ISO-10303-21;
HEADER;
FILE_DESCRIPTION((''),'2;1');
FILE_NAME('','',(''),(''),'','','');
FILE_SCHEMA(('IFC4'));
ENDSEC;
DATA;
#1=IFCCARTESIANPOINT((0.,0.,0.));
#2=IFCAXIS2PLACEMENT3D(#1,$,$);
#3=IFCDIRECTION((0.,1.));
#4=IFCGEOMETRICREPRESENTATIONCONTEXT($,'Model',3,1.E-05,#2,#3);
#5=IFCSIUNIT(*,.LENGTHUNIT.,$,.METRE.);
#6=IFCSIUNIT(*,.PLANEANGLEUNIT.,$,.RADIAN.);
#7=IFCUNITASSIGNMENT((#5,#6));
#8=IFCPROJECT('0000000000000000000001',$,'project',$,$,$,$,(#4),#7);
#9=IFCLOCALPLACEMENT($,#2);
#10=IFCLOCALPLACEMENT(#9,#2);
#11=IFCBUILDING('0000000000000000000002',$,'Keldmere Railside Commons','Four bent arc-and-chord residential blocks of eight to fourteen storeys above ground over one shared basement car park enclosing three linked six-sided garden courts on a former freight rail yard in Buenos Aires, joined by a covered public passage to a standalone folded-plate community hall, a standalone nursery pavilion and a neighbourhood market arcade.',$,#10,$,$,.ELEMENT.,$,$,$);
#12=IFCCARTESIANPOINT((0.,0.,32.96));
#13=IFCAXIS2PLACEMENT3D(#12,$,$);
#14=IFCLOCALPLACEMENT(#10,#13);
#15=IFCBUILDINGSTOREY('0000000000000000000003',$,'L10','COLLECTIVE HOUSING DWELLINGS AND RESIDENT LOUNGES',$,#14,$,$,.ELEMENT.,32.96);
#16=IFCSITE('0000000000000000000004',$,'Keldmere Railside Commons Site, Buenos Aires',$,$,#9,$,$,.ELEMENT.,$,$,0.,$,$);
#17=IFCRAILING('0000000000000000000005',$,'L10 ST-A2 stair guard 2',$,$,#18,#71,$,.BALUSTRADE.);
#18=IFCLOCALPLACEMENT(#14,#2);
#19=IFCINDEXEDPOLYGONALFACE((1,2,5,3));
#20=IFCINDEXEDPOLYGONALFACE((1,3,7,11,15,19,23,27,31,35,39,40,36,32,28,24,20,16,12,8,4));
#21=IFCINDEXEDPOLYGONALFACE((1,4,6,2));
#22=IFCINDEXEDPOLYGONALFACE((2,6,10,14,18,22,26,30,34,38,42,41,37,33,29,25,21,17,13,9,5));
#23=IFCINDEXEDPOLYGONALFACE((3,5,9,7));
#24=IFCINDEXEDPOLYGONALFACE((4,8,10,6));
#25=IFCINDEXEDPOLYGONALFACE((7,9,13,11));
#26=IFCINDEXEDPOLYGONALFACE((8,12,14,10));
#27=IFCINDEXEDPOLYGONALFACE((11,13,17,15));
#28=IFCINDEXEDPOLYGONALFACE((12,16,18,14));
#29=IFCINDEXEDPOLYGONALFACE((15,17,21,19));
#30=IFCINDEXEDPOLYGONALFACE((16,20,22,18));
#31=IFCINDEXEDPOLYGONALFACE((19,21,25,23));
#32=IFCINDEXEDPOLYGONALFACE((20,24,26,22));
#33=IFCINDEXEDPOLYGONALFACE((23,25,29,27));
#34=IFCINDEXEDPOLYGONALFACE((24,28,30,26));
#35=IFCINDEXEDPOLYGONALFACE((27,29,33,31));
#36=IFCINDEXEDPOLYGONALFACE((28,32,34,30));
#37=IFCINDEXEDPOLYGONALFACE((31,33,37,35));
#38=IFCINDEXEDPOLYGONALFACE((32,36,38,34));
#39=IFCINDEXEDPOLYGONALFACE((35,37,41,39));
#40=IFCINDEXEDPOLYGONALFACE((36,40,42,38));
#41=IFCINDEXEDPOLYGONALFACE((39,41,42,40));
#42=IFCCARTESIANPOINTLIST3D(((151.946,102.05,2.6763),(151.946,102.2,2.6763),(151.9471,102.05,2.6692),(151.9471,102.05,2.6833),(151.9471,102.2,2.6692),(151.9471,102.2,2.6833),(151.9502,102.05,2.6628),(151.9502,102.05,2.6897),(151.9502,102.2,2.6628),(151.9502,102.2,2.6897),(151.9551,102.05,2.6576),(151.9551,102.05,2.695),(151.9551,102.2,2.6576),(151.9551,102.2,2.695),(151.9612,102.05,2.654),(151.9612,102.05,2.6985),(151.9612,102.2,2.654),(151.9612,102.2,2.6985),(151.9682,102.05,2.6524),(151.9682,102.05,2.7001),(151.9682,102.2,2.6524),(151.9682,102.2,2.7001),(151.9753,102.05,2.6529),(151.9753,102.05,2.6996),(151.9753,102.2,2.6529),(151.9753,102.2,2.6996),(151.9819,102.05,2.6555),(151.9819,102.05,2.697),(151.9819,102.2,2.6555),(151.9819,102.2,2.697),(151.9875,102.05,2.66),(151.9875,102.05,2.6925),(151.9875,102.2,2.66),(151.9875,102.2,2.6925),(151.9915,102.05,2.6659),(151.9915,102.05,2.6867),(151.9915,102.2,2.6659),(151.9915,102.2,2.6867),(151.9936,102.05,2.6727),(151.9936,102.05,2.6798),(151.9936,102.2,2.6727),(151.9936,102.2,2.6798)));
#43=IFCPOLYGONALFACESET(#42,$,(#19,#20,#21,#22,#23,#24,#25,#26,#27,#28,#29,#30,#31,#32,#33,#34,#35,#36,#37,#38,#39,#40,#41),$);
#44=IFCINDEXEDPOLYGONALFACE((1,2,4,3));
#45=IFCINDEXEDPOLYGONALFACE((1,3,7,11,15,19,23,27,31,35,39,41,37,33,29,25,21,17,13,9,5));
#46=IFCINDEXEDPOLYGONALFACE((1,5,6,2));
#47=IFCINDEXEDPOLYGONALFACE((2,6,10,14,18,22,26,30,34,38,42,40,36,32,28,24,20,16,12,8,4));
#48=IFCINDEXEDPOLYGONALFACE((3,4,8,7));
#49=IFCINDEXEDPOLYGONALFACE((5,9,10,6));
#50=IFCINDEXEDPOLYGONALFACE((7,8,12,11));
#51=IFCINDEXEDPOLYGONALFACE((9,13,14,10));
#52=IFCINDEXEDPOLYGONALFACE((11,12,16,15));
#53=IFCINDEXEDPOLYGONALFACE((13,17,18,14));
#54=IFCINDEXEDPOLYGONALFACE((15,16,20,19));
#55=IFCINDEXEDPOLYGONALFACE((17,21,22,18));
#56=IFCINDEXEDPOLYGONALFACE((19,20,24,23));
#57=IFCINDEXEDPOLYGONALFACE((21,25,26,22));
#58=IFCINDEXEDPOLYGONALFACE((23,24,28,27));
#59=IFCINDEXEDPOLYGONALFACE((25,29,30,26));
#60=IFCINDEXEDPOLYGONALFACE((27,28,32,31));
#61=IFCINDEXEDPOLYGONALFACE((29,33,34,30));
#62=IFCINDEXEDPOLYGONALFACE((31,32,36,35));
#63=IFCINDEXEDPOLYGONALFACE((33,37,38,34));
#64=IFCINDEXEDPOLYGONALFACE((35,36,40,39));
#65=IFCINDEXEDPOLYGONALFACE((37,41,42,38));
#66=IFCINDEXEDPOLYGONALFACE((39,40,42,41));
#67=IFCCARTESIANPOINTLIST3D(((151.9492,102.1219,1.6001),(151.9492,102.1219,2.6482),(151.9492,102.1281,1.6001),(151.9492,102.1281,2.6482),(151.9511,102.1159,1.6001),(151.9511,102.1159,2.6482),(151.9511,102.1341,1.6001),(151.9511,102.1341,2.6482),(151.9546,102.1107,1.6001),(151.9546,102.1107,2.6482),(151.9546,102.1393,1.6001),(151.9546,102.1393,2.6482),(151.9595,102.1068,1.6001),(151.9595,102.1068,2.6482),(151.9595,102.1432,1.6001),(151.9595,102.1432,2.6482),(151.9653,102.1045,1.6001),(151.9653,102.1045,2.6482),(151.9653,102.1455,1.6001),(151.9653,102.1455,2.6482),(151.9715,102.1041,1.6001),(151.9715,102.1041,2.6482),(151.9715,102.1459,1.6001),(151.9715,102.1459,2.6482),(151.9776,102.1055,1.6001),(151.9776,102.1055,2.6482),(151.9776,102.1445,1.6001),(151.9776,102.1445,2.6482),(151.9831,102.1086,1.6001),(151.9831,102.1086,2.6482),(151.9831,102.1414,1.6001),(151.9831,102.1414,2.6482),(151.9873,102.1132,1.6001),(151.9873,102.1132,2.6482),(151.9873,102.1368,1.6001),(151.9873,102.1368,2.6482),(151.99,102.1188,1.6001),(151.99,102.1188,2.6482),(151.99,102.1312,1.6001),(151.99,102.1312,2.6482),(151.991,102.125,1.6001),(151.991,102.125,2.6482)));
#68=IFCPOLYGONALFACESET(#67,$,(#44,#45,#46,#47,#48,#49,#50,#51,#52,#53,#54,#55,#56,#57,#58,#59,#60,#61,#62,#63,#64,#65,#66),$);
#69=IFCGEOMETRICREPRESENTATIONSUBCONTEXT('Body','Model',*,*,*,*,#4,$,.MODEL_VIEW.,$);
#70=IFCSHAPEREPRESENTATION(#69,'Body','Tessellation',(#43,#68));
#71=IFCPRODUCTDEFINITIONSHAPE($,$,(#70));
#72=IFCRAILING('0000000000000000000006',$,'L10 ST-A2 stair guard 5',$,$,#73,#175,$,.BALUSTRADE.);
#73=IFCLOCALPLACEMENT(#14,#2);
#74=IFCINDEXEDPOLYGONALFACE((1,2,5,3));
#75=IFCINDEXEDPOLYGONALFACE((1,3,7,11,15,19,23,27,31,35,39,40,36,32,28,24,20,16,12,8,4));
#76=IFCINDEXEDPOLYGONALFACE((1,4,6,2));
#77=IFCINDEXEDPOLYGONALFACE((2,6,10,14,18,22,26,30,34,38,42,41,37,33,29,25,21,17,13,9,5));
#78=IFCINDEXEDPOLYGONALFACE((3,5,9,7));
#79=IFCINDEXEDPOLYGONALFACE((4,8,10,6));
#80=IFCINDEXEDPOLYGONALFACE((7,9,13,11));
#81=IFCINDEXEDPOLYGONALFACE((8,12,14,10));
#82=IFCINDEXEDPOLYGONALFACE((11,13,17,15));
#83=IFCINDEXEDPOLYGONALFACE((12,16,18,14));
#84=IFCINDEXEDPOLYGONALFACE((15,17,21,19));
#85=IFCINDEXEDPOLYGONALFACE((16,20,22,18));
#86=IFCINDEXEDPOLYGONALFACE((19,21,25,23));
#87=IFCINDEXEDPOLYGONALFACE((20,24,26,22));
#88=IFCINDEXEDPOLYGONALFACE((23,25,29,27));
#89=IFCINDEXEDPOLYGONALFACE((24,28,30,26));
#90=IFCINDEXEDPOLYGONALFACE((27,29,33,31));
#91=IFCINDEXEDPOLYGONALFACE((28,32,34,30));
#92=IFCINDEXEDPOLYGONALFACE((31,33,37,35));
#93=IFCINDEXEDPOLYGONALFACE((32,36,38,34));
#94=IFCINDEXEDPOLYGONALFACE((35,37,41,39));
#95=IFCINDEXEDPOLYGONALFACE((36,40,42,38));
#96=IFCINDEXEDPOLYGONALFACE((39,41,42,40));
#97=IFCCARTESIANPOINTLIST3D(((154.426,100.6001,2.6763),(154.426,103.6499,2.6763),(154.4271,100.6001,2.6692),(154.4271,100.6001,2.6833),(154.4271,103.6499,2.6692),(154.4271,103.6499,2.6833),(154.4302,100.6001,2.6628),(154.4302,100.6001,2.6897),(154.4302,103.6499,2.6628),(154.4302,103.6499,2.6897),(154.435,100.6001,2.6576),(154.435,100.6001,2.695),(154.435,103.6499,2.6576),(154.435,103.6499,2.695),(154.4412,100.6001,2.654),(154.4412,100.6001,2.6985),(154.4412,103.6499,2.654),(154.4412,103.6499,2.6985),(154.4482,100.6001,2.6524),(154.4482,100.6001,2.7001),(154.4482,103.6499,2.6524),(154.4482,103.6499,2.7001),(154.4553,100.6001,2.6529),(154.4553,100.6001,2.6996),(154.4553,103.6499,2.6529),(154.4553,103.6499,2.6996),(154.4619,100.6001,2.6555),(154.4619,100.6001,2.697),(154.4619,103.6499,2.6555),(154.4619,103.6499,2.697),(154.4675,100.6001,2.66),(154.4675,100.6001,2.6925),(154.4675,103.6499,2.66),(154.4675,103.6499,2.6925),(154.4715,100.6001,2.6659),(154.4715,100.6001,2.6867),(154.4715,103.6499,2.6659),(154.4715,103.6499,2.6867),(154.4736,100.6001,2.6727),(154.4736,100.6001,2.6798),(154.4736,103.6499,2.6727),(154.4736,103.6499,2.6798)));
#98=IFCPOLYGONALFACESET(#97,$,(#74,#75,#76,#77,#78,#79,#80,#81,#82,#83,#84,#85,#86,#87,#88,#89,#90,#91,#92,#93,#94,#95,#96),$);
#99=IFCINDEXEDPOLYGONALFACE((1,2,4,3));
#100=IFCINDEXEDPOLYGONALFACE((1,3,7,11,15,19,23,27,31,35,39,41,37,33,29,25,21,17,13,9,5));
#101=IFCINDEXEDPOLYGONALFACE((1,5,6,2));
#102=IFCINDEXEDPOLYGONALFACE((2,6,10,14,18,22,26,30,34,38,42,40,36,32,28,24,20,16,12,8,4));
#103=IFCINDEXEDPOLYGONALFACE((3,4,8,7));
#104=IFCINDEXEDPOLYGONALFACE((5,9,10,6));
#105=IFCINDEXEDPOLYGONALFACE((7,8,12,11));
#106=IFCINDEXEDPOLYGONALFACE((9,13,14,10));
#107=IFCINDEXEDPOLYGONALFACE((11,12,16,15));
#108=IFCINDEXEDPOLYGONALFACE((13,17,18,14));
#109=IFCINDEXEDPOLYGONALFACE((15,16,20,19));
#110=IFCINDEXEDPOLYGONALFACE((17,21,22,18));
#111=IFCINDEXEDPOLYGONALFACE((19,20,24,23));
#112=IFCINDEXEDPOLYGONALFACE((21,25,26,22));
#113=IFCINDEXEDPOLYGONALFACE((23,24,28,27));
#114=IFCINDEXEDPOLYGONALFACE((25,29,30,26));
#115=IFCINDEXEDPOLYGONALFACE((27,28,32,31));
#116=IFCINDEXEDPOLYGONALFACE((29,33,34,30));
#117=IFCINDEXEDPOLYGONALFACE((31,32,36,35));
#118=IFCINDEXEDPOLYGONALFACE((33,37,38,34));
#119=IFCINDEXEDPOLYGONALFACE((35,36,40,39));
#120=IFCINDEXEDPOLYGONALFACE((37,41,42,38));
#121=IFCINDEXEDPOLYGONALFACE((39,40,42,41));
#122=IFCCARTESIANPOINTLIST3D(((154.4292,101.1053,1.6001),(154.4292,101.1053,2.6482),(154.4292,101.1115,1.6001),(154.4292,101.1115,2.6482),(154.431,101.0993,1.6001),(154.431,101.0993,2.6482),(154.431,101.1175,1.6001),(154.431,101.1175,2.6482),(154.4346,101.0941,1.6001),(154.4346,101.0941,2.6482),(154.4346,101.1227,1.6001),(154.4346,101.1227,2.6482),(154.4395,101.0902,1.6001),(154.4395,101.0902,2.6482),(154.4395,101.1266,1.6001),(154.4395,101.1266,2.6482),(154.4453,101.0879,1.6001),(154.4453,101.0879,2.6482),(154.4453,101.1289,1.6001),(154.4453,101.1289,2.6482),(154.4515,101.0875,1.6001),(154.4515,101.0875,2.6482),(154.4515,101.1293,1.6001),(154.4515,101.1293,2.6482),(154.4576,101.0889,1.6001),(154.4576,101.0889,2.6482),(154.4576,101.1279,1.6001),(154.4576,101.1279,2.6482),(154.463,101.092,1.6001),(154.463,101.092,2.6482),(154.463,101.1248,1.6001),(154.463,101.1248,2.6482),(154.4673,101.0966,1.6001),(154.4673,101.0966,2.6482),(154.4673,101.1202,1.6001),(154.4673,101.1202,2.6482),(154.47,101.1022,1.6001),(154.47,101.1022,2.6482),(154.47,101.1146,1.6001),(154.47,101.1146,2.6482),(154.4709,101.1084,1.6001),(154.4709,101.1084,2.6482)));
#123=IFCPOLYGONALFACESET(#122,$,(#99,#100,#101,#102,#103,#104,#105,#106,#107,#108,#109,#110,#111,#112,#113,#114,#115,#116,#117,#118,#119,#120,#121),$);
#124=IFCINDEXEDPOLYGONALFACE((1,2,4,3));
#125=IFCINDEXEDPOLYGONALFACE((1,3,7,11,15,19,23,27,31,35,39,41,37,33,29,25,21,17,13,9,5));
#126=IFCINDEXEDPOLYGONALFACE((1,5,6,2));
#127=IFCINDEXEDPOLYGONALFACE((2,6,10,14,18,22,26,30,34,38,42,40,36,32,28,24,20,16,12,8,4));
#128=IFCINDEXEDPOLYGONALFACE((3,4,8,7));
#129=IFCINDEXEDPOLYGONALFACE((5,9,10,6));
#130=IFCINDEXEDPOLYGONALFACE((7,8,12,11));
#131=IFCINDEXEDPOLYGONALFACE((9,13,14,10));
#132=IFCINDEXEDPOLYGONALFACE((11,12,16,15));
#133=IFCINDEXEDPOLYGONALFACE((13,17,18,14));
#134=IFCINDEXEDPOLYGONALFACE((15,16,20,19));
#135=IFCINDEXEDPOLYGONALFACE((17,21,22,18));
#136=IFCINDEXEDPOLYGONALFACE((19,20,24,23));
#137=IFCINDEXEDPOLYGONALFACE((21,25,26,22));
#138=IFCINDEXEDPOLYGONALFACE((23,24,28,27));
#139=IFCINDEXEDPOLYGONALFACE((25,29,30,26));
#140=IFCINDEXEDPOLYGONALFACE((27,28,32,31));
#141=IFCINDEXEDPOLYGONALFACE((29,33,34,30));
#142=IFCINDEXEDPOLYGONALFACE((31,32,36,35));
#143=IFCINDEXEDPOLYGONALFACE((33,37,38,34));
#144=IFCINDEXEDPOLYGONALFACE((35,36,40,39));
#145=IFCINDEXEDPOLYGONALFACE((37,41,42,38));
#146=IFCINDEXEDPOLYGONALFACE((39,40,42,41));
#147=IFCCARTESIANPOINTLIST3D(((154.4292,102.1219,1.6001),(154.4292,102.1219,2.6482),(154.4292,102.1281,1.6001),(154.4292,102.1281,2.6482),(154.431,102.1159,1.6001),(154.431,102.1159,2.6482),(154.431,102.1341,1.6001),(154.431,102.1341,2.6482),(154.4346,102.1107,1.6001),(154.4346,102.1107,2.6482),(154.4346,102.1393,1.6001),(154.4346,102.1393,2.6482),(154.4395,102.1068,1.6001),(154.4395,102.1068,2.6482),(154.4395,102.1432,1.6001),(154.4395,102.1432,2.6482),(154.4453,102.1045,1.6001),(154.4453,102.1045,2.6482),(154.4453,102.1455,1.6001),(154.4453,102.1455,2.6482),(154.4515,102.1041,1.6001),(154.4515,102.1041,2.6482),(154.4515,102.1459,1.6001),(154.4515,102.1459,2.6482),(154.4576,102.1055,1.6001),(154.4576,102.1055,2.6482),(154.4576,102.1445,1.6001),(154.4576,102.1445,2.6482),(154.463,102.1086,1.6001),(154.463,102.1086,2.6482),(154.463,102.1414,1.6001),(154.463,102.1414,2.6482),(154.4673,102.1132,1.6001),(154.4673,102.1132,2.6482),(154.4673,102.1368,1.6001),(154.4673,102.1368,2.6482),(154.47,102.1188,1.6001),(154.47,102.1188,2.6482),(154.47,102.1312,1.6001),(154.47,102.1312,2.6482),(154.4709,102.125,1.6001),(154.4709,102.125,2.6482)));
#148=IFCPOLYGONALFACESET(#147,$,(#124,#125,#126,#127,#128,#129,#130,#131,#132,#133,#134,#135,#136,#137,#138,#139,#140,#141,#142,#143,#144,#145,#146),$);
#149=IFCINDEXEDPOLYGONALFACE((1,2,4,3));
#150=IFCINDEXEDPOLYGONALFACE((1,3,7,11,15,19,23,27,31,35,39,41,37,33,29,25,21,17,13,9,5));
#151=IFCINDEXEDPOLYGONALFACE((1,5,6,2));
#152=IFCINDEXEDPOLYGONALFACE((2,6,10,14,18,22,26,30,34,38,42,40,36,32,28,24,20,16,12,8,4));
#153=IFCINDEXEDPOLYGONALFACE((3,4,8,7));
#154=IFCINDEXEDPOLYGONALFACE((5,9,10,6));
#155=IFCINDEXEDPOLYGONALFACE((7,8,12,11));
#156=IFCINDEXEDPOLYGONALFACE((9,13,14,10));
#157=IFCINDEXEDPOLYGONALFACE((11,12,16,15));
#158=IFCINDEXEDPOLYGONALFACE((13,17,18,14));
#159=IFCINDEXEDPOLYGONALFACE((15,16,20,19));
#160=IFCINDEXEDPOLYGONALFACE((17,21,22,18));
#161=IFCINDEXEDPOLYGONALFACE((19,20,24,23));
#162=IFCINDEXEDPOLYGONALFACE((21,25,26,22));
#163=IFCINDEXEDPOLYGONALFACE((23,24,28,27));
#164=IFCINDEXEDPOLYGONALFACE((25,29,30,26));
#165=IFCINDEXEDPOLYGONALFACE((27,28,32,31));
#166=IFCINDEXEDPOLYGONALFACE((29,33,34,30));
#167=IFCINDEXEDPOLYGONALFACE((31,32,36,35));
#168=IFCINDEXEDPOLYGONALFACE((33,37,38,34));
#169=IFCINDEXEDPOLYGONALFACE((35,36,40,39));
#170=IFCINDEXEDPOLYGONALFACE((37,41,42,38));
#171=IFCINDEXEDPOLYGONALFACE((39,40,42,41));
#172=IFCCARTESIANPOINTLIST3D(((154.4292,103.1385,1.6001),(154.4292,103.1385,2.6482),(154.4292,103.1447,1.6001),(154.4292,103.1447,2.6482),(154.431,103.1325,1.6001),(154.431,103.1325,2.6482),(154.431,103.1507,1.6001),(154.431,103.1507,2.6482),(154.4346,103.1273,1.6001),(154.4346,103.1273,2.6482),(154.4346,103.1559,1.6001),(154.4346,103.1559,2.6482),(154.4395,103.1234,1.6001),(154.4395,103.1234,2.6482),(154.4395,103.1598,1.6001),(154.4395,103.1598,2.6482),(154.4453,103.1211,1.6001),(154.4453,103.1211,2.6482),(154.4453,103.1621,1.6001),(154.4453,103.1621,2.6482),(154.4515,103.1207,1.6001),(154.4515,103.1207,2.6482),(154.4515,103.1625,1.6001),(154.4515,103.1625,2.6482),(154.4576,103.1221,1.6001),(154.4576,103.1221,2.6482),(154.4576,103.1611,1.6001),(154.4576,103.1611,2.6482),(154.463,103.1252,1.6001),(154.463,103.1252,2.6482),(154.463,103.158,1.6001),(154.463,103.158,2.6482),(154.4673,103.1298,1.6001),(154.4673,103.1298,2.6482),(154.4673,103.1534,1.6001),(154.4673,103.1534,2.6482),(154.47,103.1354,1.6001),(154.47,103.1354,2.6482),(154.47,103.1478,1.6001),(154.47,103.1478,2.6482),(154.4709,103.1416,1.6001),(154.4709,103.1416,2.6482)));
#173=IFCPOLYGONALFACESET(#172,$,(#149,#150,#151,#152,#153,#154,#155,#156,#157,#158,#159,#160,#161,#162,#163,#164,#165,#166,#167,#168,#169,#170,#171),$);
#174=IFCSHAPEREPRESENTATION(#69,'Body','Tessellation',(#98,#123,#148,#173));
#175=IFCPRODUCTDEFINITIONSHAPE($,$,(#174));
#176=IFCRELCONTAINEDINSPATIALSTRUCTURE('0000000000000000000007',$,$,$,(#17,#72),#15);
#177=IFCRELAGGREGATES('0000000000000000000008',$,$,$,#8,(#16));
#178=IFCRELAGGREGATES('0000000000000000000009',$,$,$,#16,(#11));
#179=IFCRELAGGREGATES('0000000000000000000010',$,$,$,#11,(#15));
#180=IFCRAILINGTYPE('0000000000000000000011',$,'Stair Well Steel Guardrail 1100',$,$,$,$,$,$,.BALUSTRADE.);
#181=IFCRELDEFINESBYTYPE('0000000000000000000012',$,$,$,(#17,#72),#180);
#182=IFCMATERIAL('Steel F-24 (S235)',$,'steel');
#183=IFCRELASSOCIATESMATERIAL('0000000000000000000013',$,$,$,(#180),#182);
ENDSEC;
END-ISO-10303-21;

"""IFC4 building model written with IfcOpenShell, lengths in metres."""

from ifc_helpers import new_model, si_unit, direction, frame, origin, origin_2d, place, context, subcontext, project, spatial, circle, extrude, material, type_object, element, save


model = new_model("IFC4")

# Units and contexts
model_context = context("Model", 3, precision=1e-05, world=origin(), true_north=direction((0.0, 1.0)))
body_context = subcontext(model_context, "Body", "Model", "MODEL_VIEW")
ifc_project = project(units=[si_unit("LENGTHUNIT", "METRE"), si_unit("PLANEANGLEUNIT", "RADIAN")], contexts=[model_context])

# Site, building, storey
site_placement = place(None, origin())
site = spatial("IfcSite", under=ifc_project, at=site_placement, Name="Keldmere Railside Commons Site, Buenos Aires", CompositionType="ELEMENT", RefElevation=0.0)
building_placement = place(site_placement, origin())
building = spatial("IfcBuilding", under=site, at=building_placement, Name="Keldmere Railside Commons", Description="Four bent arc-and-chord residential blocks of eight to fourteen storeys above ground over one shared basement car park enclosing three linked six-sided garden courts on a former freight rail yard in Buenos Aires, joined by a covered public passage to a standalone folded-plate community hall, a standalone nursery pavilion and a neighbourhood market arcade.", CompositionType="ELEMENT")
storey_placement = place(building_placement, frame((0.0, 0.0, 32.96)))
storey = spatial("IfcBuildingStorey", under=building, at=storey_placement, Name="L10", Description="COLLECTIVE HOUSING DWELLINGS AND RESIDENT LOUNGES", CompositionType="ELEMENT", Elevation=32.96)

# Railings
ifc_material_1 = material(Name="Steel F-24 (S235)", Category="steel")
railing_type = type_object("IfcRailingType", Name="Stair Well Steel Guardrail 1100", PredefinedType="BALUSTRADE", material=ifc_material_1)
railing_1_placement = place(storey_placement, frame((151.97, 102.05, 1.6001)))
element("IfcRailing", 1, at=railing_1_placement, inside=storey, type_object=railing_type, Name="L10 ST-A2 stair guard 2", PredefinedType="BALUSTRADE", context=body_context, shape_type="SweptSolid", body=[
    extrude(circle(Radius=0.0239, at=origin_2d()), frame((0.0, 0.0, 1.0762), z_axis=(0.0, 1.0, 0.0), x_axis=(-1.0, 0.0, 0.0)), (0.0, 0.0, 1.0), 0.1499),
    extrude(circle(Radius=0.021, at=origin_2d()), frame((0.0, 0.075, 0.0)), (0.0, 0.0, 1.0), 1.0481),
])
railing_2_placement = place(storey_placement, frame((154.45, 100.6001, 1.6001)))
element("IfcRailing", 2, at=railing_2_placement, inside=storey, type_object=railing_type, Name="L10 ST-A2 stair guard 5", PredefinedType="BALUSTRADE", context=body_context, shape_type="SweptSolid", body=[
    extrude(circle(Radius=0.0239, at=origin_2d()), frame((0.0, 0.0, 1.0762), z_axis=(0.0, 1.0, 0.0), x_axis=(-1.0, 0.0, 0.0)), (0.0, 0.0, 1.0), 3.0498),
    extrude(circle(Radius=0.021, at=origin_2d()), frame((0.0, 0.5083, 0.0)), (0.0, 0.0, 1.0), 1.0481),
    extrude(circle(Radius=0.021, at=origin_2d()), frame((0.0, 1.5249, 0.0)), (0.0, 0.0, 1.0), 1.0481),
    extrude(circle(Radius=0.021, at=origin_2d()), frame((0.0, 2.5415, 0.0)), (0.0, 0.0, 1.0), 1.0481),
])

save(model, "model.ifc")
